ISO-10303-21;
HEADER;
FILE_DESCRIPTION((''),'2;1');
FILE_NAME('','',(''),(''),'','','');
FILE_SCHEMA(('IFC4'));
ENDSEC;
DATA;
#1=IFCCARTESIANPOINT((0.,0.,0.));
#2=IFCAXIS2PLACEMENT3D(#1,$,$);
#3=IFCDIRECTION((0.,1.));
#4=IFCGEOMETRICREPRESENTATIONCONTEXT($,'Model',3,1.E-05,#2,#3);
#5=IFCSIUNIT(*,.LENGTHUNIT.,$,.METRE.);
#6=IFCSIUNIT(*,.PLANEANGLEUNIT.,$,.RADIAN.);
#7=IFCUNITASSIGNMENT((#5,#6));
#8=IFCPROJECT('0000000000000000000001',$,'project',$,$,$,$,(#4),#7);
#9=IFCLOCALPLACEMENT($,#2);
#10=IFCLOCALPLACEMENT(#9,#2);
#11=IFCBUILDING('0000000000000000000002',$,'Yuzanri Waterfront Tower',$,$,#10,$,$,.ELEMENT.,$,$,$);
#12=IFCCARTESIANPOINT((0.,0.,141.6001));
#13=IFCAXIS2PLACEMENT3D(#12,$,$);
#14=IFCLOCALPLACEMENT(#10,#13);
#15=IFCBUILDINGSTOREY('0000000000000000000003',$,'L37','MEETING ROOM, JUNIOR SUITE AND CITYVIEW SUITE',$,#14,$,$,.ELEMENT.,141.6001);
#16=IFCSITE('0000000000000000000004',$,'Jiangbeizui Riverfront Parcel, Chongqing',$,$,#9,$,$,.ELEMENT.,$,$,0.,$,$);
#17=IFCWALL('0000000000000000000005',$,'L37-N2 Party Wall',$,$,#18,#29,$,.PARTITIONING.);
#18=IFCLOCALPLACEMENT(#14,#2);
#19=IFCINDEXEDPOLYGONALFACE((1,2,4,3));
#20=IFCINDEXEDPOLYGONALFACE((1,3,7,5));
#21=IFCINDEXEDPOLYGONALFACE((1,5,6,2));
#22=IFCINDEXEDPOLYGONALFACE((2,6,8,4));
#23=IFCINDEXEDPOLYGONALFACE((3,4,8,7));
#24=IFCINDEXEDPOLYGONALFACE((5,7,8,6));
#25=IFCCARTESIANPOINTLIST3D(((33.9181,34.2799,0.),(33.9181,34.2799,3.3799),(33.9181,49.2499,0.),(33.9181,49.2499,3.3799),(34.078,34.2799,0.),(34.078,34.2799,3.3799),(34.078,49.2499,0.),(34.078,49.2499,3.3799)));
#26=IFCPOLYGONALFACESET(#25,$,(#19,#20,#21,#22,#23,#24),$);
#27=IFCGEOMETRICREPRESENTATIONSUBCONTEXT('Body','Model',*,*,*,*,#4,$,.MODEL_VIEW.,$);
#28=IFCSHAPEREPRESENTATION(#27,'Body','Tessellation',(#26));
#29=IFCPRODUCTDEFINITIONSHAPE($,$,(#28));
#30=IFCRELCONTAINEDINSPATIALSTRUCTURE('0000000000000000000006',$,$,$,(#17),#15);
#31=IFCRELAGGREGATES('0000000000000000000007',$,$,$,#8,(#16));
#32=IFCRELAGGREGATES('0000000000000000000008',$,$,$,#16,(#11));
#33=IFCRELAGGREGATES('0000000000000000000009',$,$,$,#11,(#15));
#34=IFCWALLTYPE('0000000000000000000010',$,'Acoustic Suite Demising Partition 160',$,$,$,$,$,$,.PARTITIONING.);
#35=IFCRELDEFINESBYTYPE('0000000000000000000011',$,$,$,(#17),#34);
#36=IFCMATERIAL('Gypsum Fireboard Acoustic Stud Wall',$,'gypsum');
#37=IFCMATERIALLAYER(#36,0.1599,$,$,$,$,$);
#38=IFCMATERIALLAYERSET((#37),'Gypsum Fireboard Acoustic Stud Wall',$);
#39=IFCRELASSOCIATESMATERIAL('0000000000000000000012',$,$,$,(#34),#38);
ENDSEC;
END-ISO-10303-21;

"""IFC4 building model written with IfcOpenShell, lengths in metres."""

from ifc_helpers import new_model, si_unit, direction, frame, frame_2d, origin, place, context, subcontext, project, spatial, rectangle, extrude, source, transform, mapped, material, layer, layer_set, type_object, element, save


model = new_model("IFC4")

# Units and contexts
model_context = context("Model", 3, precision=1e-05, world=origin(), true_north=direction((0.0, 1.0)))
body_context = subcontext(model_context, "Body", "Model", "MODEL_VIEW")
ifc_project = project(units=[si_unit("LENGTHUNIT", "METRE"), si_unit("PLANEANGLEUNIT", "RADIAN")], contexts=[model_context])

# Site, building, storey
site_placement = place(None, origin())
site = spatial("IfcSite", under=ifc_project, at=site_placement, Name="Jiangbeizui Riverfront Parcel, Chongqing", CompositionType="ELEMENT", RefElevation=0.0)
building_placement = place(site_placement, origin())
building = spatial("IfcBuilding", under=site, at=building_placement, Name="Yuzanri Waterfront Tower", CompositionType="ELEMENT")
storey_placement = place(building_placement, frame((0.0, 0.0, 141.6001)))
storey = spatial("IfcBuildingStorey", under=building, at=storey_placement, Name="L37", Description="MEETING ROOM, JUNIOR SUITE AND CITYVIEW SUITE", CompositionType="ELEMENT", Elevation=141.6001)

# Wall
ifc_material_1 = material(Name="Gypsum Fireboard Acoustic Stud Wall", Category="gypsum")
ifc_layer_1 = layer(ifc_material_1, 0.1599)
ifc_layer_set_1 = layer_set([ifc_layer_1], Name="Gypsum Fireboard Acoustic Stud Wall")
wall_type_1 = type_object("IfcWallType", Name="Acoustic Suite Demising Partition 160", PredefinedType="PARTITIONING", material=ifc_layer_set_1)
shared_shape_1 = source(origin(), body_context, "Body", "SweptSolid", [
    extrude(rectangle(XDim=14.97, YDim=0.1599, at=frame_2d((7.4849, 0.0))), origin(), (0.0, 0.0, 1.0), 3.3799),
])
for number, where, z_axis, x_axis, name in (
    (1, (33.998, 34.28, 0.0), (0.0, 0.0, 1.0), (0.0, 1.0, 0.0), "L37-N2 Party Wall"),
):
    element("IfcWall", number, at=place(storey_placement, frame(where, z_axis=z_axis, x_axis=x_axis)), inside=storey, type_object=wall_type_1, Name=name, PredefinedType="PARTITIONING", context=body_context, shape_type="MappedRepresentation", body=[
        mapped(shared_shape_1, transform((0.0, 0.0, 0.0), scale=1.0)),
    ])

save(model, "model.ifc")
